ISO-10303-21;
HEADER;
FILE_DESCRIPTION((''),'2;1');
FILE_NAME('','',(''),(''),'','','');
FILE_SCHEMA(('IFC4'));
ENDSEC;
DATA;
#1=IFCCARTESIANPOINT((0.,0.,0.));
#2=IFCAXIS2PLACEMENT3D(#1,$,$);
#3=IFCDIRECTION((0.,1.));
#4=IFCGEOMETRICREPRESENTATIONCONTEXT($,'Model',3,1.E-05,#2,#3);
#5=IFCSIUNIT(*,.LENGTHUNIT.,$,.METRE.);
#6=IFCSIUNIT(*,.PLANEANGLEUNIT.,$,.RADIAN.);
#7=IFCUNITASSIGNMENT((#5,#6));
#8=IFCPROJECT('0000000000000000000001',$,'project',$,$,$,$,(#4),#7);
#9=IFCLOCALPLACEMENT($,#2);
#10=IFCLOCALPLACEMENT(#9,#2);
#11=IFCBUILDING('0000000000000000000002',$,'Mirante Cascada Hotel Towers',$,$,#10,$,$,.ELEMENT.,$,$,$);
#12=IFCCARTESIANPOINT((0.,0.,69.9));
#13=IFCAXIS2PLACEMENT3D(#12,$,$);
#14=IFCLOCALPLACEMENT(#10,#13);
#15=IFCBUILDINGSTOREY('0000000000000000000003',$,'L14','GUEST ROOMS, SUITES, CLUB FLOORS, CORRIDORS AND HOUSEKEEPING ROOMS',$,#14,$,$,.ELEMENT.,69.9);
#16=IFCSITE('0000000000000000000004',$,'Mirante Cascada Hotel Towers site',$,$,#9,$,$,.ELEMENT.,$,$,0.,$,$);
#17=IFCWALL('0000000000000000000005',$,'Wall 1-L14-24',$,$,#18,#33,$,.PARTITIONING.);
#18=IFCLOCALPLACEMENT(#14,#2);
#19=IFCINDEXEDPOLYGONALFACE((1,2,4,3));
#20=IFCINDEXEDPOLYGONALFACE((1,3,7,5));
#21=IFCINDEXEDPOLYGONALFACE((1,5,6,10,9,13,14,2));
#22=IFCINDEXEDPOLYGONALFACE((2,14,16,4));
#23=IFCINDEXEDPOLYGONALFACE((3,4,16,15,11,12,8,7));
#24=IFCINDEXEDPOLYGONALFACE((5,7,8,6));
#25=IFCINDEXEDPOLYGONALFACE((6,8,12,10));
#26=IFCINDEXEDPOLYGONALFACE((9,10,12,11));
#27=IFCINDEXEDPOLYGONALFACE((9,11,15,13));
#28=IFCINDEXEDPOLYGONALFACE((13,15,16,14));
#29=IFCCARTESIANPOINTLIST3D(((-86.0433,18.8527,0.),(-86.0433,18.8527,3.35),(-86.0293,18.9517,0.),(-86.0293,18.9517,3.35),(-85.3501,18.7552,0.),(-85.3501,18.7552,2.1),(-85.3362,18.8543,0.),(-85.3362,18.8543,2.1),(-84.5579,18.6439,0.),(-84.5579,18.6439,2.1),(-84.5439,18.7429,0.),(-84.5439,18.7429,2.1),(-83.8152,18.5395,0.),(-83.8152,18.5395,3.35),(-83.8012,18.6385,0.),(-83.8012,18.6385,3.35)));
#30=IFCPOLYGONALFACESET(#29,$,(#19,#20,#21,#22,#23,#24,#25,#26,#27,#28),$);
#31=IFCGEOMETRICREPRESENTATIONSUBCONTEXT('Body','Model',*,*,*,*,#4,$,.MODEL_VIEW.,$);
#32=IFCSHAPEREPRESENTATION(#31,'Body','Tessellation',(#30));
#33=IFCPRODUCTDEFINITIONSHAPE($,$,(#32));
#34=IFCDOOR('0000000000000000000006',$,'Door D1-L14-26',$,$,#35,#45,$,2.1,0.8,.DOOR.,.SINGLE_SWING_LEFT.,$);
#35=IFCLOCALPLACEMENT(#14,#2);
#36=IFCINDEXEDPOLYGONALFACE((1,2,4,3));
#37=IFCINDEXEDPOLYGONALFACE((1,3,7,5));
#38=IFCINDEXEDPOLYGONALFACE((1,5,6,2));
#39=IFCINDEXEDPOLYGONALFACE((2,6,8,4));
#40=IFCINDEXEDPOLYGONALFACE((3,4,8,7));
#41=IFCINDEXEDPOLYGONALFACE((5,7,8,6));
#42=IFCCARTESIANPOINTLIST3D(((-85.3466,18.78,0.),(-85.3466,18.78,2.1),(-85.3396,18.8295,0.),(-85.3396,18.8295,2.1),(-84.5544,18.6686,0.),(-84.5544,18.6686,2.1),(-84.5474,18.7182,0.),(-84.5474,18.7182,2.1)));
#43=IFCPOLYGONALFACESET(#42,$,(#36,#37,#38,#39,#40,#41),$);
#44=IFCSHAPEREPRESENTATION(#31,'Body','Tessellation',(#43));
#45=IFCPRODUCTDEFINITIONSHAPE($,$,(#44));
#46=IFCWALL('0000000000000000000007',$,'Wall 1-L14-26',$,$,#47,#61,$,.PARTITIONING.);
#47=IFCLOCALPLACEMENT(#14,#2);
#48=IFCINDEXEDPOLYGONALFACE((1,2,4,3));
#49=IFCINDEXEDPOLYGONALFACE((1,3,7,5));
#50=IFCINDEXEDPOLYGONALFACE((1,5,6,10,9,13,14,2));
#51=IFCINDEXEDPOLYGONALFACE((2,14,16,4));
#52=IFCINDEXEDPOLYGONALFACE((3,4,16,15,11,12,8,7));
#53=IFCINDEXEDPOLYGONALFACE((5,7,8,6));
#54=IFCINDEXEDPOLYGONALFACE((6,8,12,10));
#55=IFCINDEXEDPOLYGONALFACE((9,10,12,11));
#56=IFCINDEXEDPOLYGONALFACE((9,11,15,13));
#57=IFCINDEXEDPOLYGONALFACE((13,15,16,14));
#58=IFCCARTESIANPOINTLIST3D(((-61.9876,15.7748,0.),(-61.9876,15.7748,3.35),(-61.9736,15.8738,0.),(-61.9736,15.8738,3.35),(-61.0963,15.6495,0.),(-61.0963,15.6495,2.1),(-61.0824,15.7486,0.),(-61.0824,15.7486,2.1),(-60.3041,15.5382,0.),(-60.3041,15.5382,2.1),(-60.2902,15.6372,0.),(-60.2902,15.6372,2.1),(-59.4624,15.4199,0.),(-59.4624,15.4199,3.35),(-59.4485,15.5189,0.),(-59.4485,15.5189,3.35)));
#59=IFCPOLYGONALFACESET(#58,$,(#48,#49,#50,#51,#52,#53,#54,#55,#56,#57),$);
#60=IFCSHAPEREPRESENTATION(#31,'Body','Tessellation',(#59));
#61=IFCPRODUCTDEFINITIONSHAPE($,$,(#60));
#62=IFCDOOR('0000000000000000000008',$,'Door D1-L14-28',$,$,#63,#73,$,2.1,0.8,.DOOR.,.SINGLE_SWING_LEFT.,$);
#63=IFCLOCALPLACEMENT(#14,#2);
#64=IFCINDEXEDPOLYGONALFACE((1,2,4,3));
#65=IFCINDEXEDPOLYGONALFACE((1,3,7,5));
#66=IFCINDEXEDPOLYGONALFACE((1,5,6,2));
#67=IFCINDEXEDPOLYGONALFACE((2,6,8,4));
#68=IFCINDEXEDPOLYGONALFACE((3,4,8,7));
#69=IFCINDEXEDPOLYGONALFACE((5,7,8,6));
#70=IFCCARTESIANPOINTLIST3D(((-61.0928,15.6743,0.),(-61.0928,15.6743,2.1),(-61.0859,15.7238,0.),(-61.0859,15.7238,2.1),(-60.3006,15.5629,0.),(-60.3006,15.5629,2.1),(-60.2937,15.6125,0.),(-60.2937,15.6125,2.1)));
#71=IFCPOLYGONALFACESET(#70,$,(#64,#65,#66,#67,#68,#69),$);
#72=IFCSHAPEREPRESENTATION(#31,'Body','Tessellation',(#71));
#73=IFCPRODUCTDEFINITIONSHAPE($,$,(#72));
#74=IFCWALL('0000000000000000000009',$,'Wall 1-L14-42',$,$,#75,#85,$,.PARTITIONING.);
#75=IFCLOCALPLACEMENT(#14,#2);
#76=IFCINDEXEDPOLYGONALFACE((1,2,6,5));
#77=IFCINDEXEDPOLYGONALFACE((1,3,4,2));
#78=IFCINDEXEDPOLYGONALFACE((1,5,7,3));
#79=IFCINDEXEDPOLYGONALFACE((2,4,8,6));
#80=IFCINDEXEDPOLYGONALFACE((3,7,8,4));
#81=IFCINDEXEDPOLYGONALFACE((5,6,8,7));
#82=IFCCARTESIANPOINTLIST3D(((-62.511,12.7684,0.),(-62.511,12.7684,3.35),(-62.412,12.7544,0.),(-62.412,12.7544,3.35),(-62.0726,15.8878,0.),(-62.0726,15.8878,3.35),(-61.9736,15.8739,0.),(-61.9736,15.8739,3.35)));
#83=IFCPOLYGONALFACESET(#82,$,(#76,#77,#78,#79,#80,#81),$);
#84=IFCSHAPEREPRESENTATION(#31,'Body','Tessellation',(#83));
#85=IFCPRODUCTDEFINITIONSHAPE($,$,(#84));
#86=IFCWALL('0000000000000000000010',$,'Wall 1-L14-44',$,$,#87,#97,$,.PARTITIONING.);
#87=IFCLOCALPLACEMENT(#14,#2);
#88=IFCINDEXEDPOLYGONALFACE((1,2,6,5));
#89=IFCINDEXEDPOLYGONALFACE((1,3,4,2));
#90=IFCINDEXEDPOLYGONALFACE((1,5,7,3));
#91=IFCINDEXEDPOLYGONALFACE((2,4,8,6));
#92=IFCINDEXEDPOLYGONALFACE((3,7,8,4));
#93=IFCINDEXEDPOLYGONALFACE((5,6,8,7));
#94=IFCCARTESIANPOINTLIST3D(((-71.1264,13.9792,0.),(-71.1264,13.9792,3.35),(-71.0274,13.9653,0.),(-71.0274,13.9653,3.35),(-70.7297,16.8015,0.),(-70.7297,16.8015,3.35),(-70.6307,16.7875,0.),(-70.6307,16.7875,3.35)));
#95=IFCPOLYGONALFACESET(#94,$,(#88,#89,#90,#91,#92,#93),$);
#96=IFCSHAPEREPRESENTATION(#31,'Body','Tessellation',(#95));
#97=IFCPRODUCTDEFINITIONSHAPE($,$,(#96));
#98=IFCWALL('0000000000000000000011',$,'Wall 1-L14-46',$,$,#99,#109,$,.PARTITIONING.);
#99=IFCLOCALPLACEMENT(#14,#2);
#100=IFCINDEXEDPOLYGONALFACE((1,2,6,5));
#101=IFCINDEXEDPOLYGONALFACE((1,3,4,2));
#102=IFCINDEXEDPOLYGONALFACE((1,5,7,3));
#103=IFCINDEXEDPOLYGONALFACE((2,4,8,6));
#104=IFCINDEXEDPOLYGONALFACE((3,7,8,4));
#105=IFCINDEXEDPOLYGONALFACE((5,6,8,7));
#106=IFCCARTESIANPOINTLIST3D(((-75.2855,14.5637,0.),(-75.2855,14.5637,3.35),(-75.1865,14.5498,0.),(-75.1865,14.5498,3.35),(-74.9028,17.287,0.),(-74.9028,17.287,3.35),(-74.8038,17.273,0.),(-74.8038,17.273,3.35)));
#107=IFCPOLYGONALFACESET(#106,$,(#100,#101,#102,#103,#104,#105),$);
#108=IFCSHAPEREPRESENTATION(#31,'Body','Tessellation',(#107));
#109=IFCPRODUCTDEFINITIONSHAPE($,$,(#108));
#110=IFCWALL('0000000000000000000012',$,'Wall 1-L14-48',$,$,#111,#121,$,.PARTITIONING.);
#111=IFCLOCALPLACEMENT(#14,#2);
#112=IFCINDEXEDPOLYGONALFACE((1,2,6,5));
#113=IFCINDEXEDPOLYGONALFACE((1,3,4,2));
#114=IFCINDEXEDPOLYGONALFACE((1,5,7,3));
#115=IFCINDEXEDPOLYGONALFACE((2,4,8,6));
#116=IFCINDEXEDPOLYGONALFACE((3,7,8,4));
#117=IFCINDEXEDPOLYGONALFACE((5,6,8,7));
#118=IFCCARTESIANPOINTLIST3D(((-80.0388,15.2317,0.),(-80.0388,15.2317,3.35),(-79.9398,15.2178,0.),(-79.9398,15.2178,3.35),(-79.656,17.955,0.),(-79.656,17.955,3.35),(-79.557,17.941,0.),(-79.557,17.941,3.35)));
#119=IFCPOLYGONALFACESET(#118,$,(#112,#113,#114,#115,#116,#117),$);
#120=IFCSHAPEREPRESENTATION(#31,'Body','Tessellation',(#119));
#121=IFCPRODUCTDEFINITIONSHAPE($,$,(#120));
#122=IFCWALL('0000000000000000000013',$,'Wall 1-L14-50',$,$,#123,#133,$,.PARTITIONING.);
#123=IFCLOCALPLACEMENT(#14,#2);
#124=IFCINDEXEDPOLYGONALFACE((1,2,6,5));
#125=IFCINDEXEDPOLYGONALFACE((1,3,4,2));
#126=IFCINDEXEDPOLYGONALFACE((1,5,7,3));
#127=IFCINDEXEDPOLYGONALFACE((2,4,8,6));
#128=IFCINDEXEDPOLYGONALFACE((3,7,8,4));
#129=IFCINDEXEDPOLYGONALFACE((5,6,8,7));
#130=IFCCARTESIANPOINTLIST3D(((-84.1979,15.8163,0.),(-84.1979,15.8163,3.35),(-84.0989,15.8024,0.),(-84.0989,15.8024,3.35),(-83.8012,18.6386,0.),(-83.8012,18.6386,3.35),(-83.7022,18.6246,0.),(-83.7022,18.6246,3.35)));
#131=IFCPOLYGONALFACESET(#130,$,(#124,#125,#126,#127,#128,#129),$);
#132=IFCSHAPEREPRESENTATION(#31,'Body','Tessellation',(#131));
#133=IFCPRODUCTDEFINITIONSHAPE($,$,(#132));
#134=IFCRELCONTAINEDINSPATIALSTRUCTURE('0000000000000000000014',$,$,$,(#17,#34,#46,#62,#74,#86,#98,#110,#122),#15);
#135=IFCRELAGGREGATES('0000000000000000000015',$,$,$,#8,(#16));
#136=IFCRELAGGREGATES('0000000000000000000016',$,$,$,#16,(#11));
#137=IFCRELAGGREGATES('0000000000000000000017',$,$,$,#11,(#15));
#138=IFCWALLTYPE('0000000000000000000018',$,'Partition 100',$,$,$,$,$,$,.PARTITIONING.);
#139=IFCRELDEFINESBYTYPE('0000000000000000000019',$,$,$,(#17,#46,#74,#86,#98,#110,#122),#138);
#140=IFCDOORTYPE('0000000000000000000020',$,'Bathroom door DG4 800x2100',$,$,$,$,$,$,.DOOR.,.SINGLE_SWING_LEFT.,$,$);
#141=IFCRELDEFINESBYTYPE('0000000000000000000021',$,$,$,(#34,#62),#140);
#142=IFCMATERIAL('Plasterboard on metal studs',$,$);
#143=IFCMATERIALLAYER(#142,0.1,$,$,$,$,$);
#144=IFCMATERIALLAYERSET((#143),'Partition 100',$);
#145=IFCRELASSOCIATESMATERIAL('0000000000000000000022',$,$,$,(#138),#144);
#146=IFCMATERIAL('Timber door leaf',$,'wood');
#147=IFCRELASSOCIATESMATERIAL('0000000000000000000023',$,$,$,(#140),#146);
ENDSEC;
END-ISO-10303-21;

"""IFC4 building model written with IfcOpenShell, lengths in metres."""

from ifc_helpers import new_model, si_unit, direction, frame, frame_2d, origin, place, context, subcontext, project, spatial, rectangle, extrude, material, layer, layer_set, type_object, element, fill, save


model = new_model("IFC4")

# Units and contexts
model_context = context("Model", 3, precision=1e-05, world=origin(), true_north=direction((0.0, 1.0)))
body_context = subcontext(model_context, "Body", "Model", "MODEL_VIEW")
ifc_project = project(units=[si_unit("LENGTHUNIT", "METRE"), si_unit("PLANEANGLEUNIT", "RADIAN")], contexts=[model_context])

# Site, building, storey
site_placement = place(None, origin())
site = spatial("IfcSite", under=ifc_project, at=site_placement, Name="Mirante Cascada Hotel Towers site", CompositionType="ELEMENT", RefElevation=0.0)
building_placement = place(site_placement, origin())
building = spatial("IfcBuilding", under=site, at=building_placement, Name="Mirante Cascada Hotel Towers", CompositionType="ELEMENT")
storey_placement = place(building_placement, frame((0.0, 0.0, 69.9)))
storey = spatial("IfcBuildingStorey", under=building, at=storey_placement, Name="L14", Description="GUEST ROOMS, SUITES, CLUB FLOORS, CORRIDORS AND HOUSEKEEPING ROOMS", CompositionType="ELEMENT", Elevation=69.9)

# Shared definitions
ifc_material_1 = material(Name="Plasterboard on metal studs")
ifc_layer_1 = layer(ifc_material_1, 0.1)
ifc_layer_set_1 = layer_set([ifc_layer_1], Name="Partition 100")
wall_type_1 = type_object("IfcWallType", Name="Partition 100", PredefinedType="PARTITIONING", material=ifc_layer_set_1)
ifc_material_2 = material(Name="Timber door leaf", Category="wood")
door_type = type_object("IfcDoorType", Name="Bathroom door DG4 800x2100", OperationType="SINGLE_SWING_LEFT", PredefinedType="DOOR", material=ifc_material_2)

# Walls, openings, doors
wall_1_placement = place(storey_placement, frame((-86.0363, 18.9022, 0.0), z_axis=(0.0, 0.0, 1.0), x_axis=(0.990264, -0.1392, 0.0)))
wall_1 = element("IfcWall", 1, at=wall_1_placement, inside=storey, type_object=wall_type_1, Name="Wall 1-L14-24", PredefinedType="PARTITIONING", context=body_context, shape_type="SweptSolid", body=[
    extrude(rectangle(XDim=2.25, YDim=0.1, at=frame_2d((1.125, 0.0))), origin(), (0.0, 0.0, 1.0), 3.35),
])
opening_1_placement = place(wall_1_placement, frame((0.7, 0.0, 0.0)))
opening_1 = element("IfcOpeningElement", 2, at=opening_1_placement, cuts=wall_1, PredefinedType="OPENING", context=body_context, shape_type="SweptSolid", body=[
    extrude(rectangle(XDim=0.8, YDim=2.1, at=frame_2d((0.4, 1.05))), frame((0.0, 0.05, 0.0), z_axis=(0.0, -1.0, 0.0), x_axis=(1.0, 0.0, 0.0)), (0.0, 0.0, 1.0), 0.1),
])
door_1_placement = place(opening_1_placement, origin())
door_1 = element("IfcDoor", 3, at=door_1_placement, inside=storey, type_object=door_type, Name="Door D1-L14-26", OperationType="SINGLE_SWING_LEFT", OverallHeight=2.1, OverallWidth=0.8, PredefinedType="DOOR", context=body_context, shape_type="SweptSolid", body=[
    extrude(rectangle(XDim=0.8, YDim=2.1, at=frame_2d((0.4, 1.05))), frame((0.0, 0.025, 0.0), z_axis=(0.0, -1.0, 0.0), x_axis=(1.0, 0.0, 0.0)), (0.0, 0.0, 1.0), 0.05),
])
fill(opening_1, door_1)
wall_2_placement = place(storey_placement, frame((-61.9806, 15.8243, 0.0), z_axis=(0.0, 0.0, 1.0), x_axis=(0.990268, -0.139176, 0.0)))
wall_2 = element("IfcWall", 4, at=wall_2_placement, inside=storey, type_object=wall_type_1, Name="Wall 1-L14-26", PredefinedType="PARTITIONING", context=body_context, shape_type="SweptSolid", body=[
    extrude(rectangle(XDim=2.55, YDim=0.1, at=frame_2d((1.275, 0.0))), origin(), (0.0, 0.0, 1.0), 3.35),
])
opening_2_placement = place(wall_2_placement, frame((0.9, 0.0, 0.0)))
opening_2 = element("IfcOpeningElement", 5, at=opening_2_placement, cuts=wall_2, PredefinedType="OPENING", context=body_context, shape_type="SweptSolid", body=[
    extrude(rectangle(XDim=0.8, YDim=2.1, at=frame_2d((0.4, 1.05))), frame((0.0, 0.05, 0.0), z_axis=(0.0, -1.0, 0.0), x_axis=(1.0, 0.0, 0.0)), (0.0, 0.0, 1.0), 0.1),
])
door_2_placement = place(opening_2_placement, origin())
door_2 = element("IfcDoor", 6, at=door_2_placement, inside=storey, type_object=door_type, Name="Door D1-L14-28", OperationType="SINGLE_SWING_LEFT", OverallHeight=2.1, OverallWidth=0.8, PredefinedType="DOOR", context=body_context, shape_type="SweptSolid", body=[
    extrude(rectangle(XDim=0.8, YDim=2.1, at=frame_2d((0.4, 1.05))), frame((0.0, 0.025, 0.0), z_axis=(0.0, -1.0, 0.0), x_axis=(1.0, 0.0, 0.0)), (0.0, 0.0, 1.0), 0.05),
])
fill(opening_2, door_2)

# Walls
wall_3_placement = place(storey_placement, frame((-62.0231, 15.8808, 0.0), z_axis=(0.0, 0.0, 1.0), x_axis=(-0.139172, -0.990268, 0.0)))
element("IfcWall", 7, at=wall_3_placement, inside=storey, type_object=wall_type_1, Name="Wall 1-L14-42", PredefinedType="PARTITIONING", context=body_context, shape_type="SweptSolid", body=[
    extrude(rectangle(XDim=3.1501, YDim=0.1, at=frame_2d((1.575, 0.0))), origin(), (0.0, 0.0, 1.0), 3.35),
])
wall_4_placement = place(storey_placement, frame((-70.6802, 16.7945, 0.0), z_axis=(0.0, 0.0, 1.0), x_axis=(-0.139191, -0.990266, 0.0)))
element("IfcWall", 8, at=wall_4_placement, inside=storey, type_object=wall_type_1, Name="Wall 1-L14-44", PredefinedType="PARTITIONING", context=body_context, shape_type="SweptSolid", body=[
    extrude(rectangle(XDim=2.85, YDim=0.1, at=frame_2d((1.425, 0.0))), origin(), (0.0, 0.0, 1.0), 3.35),
])
for number, where, z_axis, x_axis, name in (
    (9, (-74.8533, 17.28, 0.0), (0.0, 0.0, 1.0), (-0.139166, -0.990269, 0.0), "Wall 1-L14-46"),
    (10, (-79.6065, 17.948, 0.0), (0.0, 0.0, 1.0), (-0.139201, -0.990264, 0.0), "Wall 1-L14-48"),
):
    element("IfcWall", number, at=place(storey_placement, frame(where, z_axis=z_axis, x_axis=x_axis)), inside=storey, type_object=wall_type_1, Name=name, PredefinedType="PARTITIONING", context=body_context, shape_type="SweptSolid", body=[
        extrude(rectangle(XDim=2.75, YDim=0.1, at=frame_2d((1.375, 0.0))), origin(), (0.0, 0.0, 1.0), 3.35),
    ])
wall_5_placement = place(storey_placement, frame((-83.7517, 18.6316, 0.0), z_axis=(0.0, 0.0, 1.0), x_axis=(-0.139191, -0.990266, 0.0)))
element("IfcWall", 11, at=wall_5_placement, inside=storey, type_object=wall_type_1, Name="Wall 1-L14-50", PredefinedType="PARTITIONING", context=body_context, shape_type="SweptSolid", body=[
    extrude(rectangle(XDim=2.85, YDim=0.1, at=frame_2d((1.425, 0.0))), origin(), (0.0, 0.0, 1.0), 3.35),
])

save(model, "model.ifc")
